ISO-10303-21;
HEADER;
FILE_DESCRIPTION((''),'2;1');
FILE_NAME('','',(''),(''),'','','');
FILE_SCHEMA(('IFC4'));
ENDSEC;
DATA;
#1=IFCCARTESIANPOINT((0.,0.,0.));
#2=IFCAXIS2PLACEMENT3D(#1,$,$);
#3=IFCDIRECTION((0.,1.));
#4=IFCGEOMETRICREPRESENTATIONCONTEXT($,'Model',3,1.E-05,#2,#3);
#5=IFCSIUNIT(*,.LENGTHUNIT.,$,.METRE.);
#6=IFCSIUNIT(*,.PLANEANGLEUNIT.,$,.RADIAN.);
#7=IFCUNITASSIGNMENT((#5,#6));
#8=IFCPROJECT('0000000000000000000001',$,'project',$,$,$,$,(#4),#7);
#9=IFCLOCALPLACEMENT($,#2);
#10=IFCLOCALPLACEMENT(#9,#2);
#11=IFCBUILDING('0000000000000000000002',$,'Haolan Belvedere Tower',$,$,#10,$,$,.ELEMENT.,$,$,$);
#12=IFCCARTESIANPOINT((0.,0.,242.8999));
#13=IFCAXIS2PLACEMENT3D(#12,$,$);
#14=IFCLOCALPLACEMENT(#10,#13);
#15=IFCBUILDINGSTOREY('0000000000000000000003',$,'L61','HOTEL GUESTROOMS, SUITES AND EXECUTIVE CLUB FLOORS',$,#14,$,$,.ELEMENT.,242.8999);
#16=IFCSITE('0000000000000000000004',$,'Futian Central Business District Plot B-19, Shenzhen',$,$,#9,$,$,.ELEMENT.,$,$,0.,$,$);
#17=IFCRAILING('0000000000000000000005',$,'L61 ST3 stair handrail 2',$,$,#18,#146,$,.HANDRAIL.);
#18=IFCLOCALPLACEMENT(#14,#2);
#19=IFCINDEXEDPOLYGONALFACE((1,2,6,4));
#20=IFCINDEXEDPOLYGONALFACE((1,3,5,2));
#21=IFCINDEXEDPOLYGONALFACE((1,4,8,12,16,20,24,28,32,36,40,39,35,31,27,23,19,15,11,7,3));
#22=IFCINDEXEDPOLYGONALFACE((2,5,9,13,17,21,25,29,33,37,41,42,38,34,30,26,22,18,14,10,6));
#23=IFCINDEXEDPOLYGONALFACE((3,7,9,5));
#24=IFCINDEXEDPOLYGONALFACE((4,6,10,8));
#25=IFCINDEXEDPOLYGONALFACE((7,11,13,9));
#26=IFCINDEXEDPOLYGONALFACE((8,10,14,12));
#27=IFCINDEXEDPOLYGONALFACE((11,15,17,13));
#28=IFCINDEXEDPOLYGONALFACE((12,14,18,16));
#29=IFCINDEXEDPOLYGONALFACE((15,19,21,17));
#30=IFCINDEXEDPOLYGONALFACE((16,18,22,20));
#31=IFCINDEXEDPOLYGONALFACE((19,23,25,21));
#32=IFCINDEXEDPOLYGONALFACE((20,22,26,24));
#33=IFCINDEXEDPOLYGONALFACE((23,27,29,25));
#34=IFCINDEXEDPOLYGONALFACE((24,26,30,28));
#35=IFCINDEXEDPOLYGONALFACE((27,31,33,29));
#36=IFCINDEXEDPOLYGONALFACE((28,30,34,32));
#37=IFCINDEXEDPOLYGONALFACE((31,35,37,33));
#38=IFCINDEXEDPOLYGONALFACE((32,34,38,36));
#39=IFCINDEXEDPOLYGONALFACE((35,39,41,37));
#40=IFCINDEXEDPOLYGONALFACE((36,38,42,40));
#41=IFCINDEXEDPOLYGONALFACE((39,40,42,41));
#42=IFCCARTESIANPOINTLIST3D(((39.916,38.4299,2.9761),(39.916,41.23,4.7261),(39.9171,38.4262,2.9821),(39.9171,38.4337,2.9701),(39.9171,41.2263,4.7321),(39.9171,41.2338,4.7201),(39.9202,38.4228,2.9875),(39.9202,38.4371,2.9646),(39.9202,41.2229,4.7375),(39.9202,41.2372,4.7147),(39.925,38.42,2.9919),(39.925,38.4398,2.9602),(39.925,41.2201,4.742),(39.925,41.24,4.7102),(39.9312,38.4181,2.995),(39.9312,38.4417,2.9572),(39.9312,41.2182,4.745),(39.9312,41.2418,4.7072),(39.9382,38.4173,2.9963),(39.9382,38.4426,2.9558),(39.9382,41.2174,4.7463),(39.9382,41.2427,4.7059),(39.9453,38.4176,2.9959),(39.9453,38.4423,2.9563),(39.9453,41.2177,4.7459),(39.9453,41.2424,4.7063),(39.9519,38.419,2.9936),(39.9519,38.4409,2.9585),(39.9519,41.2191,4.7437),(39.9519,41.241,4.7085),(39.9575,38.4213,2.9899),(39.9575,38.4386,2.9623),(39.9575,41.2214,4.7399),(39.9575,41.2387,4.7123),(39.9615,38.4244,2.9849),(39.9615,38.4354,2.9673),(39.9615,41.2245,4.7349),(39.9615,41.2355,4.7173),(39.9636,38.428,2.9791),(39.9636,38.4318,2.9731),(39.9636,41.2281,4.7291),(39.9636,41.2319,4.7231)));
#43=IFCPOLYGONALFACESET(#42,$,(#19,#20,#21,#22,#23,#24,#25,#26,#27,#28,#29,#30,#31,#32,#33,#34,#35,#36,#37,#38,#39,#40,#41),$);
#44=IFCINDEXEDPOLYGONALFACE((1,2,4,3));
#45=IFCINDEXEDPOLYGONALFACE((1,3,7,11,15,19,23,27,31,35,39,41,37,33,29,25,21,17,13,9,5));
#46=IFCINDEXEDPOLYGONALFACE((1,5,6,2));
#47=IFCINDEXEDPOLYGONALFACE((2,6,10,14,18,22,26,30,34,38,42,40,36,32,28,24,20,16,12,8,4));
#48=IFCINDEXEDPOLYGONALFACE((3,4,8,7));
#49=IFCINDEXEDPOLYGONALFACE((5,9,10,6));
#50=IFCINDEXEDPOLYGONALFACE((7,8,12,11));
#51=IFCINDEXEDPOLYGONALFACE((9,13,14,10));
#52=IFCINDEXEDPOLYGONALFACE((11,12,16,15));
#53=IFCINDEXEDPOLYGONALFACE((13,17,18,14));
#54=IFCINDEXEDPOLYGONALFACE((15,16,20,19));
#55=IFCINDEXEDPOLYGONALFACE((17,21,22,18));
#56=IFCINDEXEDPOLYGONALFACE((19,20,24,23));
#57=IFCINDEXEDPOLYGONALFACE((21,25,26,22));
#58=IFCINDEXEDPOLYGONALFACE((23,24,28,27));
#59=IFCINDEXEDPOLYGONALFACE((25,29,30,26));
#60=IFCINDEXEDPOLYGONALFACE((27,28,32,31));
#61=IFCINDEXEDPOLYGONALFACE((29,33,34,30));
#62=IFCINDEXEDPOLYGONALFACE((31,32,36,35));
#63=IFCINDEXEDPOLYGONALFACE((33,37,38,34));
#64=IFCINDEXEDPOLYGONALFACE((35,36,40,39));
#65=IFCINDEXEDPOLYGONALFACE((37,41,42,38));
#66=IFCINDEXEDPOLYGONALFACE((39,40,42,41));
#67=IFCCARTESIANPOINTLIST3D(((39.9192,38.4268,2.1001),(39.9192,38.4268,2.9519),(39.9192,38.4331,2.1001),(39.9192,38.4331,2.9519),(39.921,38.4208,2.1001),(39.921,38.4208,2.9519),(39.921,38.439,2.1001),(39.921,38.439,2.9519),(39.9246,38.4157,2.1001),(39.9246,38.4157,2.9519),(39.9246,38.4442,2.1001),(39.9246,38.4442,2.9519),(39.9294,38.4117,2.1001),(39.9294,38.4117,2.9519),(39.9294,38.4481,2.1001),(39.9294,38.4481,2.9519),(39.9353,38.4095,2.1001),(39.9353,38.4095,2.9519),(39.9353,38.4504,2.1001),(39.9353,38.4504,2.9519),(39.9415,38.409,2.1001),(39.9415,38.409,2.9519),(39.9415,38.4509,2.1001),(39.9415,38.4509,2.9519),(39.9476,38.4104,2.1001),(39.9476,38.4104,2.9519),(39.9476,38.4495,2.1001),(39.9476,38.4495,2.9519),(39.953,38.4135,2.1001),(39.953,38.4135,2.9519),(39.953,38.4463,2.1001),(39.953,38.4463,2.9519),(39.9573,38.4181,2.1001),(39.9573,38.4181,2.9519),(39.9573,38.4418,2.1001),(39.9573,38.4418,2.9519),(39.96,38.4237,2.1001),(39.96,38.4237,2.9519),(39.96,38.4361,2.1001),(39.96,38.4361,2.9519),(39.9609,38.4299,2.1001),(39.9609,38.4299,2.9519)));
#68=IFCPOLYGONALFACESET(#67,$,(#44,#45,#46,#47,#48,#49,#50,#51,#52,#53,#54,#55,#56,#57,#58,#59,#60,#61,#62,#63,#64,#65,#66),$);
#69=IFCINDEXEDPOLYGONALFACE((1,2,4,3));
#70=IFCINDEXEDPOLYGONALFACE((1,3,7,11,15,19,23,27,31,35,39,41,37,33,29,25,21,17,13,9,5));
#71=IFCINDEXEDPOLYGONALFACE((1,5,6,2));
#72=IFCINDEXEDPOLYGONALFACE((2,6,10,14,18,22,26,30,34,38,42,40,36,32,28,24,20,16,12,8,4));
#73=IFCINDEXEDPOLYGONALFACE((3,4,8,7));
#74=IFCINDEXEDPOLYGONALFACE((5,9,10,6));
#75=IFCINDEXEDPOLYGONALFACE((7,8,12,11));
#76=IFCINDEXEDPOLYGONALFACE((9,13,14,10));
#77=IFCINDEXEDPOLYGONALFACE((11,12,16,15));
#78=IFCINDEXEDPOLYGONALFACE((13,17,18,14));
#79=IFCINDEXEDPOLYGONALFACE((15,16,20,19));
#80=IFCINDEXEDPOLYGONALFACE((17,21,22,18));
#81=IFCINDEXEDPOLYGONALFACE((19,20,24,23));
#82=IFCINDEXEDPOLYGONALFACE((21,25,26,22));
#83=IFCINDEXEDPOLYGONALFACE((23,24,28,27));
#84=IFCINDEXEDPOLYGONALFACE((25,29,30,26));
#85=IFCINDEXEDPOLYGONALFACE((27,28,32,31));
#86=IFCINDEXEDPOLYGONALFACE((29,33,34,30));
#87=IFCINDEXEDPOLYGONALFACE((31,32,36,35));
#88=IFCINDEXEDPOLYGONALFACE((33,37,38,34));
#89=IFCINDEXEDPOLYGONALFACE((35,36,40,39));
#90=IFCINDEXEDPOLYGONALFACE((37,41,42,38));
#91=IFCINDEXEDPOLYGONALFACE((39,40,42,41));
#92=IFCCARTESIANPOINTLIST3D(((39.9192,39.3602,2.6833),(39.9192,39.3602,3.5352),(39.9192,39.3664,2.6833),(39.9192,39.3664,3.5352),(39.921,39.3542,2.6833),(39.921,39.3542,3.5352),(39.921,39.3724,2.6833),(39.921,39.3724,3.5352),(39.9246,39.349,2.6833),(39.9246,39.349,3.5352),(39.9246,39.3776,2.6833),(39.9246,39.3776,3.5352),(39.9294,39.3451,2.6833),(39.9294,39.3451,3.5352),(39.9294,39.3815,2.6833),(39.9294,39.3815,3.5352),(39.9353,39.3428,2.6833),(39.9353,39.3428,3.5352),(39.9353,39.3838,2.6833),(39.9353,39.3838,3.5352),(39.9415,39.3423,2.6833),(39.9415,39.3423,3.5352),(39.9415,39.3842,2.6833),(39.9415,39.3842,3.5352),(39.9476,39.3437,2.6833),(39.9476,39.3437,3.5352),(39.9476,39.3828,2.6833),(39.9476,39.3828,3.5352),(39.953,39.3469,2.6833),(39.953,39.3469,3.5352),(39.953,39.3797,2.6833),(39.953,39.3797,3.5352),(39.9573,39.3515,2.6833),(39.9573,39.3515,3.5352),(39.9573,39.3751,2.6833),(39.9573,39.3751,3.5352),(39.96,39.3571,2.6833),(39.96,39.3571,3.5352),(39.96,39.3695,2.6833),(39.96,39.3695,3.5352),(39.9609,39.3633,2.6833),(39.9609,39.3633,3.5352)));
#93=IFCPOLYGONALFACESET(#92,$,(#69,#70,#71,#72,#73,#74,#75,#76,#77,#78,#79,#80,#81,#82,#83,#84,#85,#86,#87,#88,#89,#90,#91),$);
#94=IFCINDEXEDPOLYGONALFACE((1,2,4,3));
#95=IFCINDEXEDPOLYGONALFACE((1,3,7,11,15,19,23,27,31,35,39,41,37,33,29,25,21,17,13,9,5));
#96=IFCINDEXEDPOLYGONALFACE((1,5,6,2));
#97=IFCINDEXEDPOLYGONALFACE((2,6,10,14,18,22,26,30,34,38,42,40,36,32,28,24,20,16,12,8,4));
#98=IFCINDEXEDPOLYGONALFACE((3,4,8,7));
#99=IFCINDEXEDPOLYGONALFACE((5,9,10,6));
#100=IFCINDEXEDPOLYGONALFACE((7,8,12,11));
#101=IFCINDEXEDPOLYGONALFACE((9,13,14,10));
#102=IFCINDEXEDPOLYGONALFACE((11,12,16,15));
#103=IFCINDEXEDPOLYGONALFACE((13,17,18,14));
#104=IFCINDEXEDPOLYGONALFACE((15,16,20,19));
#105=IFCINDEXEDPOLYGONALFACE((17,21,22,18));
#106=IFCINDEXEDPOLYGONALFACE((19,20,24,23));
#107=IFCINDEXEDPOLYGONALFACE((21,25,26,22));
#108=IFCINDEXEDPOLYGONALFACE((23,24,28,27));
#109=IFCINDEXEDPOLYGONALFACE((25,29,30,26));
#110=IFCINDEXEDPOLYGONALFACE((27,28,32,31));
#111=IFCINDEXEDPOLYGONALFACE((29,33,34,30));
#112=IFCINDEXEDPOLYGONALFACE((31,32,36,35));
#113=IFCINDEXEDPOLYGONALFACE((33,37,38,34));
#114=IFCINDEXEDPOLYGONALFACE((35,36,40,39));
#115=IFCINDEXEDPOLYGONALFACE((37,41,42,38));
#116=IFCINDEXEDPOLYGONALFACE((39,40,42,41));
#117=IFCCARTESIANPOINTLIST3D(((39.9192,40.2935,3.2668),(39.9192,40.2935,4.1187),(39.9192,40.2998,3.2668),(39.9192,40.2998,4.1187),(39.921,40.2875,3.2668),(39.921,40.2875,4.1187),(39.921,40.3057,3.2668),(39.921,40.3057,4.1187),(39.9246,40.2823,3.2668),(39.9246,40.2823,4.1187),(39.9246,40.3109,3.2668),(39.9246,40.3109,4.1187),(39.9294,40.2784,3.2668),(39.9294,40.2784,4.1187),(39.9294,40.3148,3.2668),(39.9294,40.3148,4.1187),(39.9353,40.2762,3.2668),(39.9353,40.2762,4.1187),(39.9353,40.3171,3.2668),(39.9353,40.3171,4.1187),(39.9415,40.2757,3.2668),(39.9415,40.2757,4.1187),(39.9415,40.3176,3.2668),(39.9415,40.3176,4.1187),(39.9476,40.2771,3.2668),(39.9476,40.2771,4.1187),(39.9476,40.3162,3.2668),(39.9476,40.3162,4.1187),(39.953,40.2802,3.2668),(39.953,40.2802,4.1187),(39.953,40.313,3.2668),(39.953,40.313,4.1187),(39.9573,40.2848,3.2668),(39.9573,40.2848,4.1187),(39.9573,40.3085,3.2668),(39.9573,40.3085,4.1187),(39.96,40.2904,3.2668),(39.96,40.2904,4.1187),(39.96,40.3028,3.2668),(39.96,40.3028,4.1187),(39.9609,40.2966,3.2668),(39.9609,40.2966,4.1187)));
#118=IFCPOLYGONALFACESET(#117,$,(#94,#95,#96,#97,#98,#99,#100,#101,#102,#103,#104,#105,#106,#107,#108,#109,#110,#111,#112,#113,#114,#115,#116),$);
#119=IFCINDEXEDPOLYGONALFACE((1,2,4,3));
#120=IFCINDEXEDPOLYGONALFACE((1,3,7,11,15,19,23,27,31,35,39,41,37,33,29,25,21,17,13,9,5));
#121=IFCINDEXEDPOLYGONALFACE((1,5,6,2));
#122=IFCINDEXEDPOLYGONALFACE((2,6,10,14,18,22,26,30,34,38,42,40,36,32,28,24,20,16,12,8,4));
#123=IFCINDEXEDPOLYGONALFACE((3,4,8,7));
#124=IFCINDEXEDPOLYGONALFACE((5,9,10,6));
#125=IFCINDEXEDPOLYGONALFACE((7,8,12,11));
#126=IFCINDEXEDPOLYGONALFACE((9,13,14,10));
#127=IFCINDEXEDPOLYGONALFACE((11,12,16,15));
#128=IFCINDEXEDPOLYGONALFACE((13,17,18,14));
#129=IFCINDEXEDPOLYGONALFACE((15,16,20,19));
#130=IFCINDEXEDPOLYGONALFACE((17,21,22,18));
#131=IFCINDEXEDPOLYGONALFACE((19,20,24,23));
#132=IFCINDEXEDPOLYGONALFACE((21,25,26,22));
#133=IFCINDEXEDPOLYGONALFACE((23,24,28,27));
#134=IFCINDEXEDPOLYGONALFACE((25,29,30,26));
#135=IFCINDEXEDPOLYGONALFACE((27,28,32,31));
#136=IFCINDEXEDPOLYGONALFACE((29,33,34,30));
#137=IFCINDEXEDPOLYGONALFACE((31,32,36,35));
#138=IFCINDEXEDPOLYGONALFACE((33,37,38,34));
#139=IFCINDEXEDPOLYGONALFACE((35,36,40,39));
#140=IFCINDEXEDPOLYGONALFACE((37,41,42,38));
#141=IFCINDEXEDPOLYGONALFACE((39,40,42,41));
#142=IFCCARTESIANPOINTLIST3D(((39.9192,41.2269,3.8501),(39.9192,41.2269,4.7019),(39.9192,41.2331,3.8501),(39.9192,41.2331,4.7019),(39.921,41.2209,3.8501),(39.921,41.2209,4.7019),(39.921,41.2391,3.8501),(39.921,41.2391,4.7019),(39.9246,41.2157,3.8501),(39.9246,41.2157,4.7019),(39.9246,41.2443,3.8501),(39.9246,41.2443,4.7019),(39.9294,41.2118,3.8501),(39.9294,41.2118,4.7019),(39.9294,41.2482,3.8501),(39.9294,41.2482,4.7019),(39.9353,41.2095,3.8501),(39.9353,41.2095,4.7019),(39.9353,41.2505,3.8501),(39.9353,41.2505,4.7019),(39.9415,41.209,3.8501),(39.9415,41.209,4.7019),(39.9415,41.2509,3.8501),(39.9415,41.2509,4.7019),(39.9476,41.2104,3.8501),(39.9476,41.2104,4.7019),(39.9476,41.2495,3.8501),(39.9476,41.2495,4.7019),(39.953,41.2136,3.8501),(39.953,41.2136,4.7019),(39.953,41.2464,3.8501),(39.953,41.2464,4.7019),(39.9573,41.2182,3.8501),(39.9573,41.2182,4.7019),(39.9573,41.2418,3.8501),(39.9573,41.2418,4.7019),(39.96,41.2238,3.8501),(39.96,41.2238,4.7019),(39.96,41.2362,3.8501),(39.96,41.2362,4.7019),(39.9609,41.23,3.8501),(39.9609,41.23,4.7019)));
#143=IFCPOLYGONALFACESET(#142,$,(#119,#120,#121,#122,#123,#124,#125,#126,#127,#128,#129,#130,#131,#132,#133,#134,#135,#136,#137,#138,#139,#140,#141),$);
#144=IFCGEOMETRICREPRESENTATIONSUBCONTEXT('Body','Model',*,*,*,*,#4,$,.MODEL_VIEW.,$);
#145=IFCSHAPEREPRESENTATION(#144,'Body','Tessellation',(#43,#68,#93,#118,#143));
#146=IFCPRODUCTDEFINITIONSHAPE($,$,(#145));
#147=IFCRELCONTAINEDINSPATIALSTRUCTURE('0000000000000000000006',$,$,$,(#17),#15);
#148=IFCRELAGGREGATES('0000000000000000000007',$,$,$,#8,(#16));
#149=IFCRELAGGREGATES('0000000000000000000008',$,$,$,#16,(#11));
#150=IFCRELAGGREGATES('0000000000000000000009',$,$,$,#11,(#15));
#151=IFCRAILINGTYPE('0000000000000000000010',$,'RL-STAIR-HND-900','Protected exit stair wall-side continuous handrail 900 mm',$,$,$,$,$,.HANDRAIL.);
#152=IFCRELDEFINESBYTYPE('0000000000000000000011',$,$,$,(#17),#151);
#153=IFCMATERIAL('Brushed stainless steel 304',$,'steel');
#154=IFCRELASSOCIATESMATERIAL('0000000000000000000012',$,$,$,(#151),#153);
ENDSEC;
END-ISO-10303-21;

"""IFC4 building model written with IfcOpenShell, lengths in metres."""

from ifc_helpers import new_model, si_unit, direction, frame, origin, origin_2d, place, context, subcontext, project, spatial, circle, extrude, material, type_object, element, save


model = new_model("IFC4")

# Units and contexts
model_context = context("Model", 3, precision=1e-05, world=origin(), true_north=direction((0.0, 1.0)))
body_context = subcontext(model_context, "Body", "Model", "MODEL_VIEW")
ifc_project = project(units=[si_unit("LENGTHUNIT", "METRE"), si_unit("PLANEANGLEUNIT", "RADIAN")], contexts=[model_context])

# Site, building, storey
site_placement = place(None, origin())
site = spatial("IfcSite", under=ifc_project, at=site_placement, Name="Futian Central Business District Plot B-19, Shenzhen", CompositionType="ELEMENT", RefElevation=0.0)
building_placement = place(site_placement, origin())
building = spatial("IfcBuilding", under=site, at=building_placement, Name="Haolan Belvedere Tower", CompositionType="ELEMENT")
storey_placement = place(building_placement, frame((0.0, 0.0, 242.8999)))
storey = spatial("IfcBuildingStorey", under=building, at=storey_placement, Name="L61", Description="HOTEL GUESTROOMS, SUITES AND EXECUTIVE CLUB FLOORS", CompositionType="ELEMENT", Elevation=242.8999)

# Railing
ifc_material_1 = material(Name="Brushed stainless steel 304", Category="steel")
railing_type_1 = type_object("IfcRailingType", Name="RL-STAIR-HND-900", Description="Protected exit stair wall-side continuous handrail 900 mm", PredefinedType="HANDRAIL", material=ifc_material_1)
for number, where, name in (
    (1, (39.9399, 38.4299, 2.1001), "L61 ST3 stair handrail 2"),
):
    element("IfcRailing", number, at=place(storey_placement, frame(where)), inside=storey, type_object=railing_type_1, Name=name, PredefinedType="HANDRAIL", context=body_context, shape_type="SweptSolid", body=[
        extrude(circle(Radius=0.0239, at=origin_2d()), frame((0.0, 0.0, 0.876), z_axis=(0.0, 0.848002, 0.529992), x_axis=(-1.0, 0.0, 0.0)), (0.0, 0.0, 1.0), 3.302),
        extrude(circle(Radius=0.021, at=origin_2d()), origin(), (0.0, 0.0, 1.0), 0.8518),
        extrude(circle(Radius=0.021, at=origin_2d()), frame((0.0, 0.9333, 0.5833)), (0.0, 0.0, 1.0), 0.8518),
        extrude(circle(Radius=0.021, at=origin_2d()), frame((0.0, 1.8667, 1.1667)), (0.0, 0.0, 1.0), 0.8518),
        extrude(circle(Radius=0.021, at=origin_2d()), frame((0.0, 2.8, 1.75)), (0.0, 0.0, 1.0), 0.8518),
    ])

save(model, "model.ifc")
